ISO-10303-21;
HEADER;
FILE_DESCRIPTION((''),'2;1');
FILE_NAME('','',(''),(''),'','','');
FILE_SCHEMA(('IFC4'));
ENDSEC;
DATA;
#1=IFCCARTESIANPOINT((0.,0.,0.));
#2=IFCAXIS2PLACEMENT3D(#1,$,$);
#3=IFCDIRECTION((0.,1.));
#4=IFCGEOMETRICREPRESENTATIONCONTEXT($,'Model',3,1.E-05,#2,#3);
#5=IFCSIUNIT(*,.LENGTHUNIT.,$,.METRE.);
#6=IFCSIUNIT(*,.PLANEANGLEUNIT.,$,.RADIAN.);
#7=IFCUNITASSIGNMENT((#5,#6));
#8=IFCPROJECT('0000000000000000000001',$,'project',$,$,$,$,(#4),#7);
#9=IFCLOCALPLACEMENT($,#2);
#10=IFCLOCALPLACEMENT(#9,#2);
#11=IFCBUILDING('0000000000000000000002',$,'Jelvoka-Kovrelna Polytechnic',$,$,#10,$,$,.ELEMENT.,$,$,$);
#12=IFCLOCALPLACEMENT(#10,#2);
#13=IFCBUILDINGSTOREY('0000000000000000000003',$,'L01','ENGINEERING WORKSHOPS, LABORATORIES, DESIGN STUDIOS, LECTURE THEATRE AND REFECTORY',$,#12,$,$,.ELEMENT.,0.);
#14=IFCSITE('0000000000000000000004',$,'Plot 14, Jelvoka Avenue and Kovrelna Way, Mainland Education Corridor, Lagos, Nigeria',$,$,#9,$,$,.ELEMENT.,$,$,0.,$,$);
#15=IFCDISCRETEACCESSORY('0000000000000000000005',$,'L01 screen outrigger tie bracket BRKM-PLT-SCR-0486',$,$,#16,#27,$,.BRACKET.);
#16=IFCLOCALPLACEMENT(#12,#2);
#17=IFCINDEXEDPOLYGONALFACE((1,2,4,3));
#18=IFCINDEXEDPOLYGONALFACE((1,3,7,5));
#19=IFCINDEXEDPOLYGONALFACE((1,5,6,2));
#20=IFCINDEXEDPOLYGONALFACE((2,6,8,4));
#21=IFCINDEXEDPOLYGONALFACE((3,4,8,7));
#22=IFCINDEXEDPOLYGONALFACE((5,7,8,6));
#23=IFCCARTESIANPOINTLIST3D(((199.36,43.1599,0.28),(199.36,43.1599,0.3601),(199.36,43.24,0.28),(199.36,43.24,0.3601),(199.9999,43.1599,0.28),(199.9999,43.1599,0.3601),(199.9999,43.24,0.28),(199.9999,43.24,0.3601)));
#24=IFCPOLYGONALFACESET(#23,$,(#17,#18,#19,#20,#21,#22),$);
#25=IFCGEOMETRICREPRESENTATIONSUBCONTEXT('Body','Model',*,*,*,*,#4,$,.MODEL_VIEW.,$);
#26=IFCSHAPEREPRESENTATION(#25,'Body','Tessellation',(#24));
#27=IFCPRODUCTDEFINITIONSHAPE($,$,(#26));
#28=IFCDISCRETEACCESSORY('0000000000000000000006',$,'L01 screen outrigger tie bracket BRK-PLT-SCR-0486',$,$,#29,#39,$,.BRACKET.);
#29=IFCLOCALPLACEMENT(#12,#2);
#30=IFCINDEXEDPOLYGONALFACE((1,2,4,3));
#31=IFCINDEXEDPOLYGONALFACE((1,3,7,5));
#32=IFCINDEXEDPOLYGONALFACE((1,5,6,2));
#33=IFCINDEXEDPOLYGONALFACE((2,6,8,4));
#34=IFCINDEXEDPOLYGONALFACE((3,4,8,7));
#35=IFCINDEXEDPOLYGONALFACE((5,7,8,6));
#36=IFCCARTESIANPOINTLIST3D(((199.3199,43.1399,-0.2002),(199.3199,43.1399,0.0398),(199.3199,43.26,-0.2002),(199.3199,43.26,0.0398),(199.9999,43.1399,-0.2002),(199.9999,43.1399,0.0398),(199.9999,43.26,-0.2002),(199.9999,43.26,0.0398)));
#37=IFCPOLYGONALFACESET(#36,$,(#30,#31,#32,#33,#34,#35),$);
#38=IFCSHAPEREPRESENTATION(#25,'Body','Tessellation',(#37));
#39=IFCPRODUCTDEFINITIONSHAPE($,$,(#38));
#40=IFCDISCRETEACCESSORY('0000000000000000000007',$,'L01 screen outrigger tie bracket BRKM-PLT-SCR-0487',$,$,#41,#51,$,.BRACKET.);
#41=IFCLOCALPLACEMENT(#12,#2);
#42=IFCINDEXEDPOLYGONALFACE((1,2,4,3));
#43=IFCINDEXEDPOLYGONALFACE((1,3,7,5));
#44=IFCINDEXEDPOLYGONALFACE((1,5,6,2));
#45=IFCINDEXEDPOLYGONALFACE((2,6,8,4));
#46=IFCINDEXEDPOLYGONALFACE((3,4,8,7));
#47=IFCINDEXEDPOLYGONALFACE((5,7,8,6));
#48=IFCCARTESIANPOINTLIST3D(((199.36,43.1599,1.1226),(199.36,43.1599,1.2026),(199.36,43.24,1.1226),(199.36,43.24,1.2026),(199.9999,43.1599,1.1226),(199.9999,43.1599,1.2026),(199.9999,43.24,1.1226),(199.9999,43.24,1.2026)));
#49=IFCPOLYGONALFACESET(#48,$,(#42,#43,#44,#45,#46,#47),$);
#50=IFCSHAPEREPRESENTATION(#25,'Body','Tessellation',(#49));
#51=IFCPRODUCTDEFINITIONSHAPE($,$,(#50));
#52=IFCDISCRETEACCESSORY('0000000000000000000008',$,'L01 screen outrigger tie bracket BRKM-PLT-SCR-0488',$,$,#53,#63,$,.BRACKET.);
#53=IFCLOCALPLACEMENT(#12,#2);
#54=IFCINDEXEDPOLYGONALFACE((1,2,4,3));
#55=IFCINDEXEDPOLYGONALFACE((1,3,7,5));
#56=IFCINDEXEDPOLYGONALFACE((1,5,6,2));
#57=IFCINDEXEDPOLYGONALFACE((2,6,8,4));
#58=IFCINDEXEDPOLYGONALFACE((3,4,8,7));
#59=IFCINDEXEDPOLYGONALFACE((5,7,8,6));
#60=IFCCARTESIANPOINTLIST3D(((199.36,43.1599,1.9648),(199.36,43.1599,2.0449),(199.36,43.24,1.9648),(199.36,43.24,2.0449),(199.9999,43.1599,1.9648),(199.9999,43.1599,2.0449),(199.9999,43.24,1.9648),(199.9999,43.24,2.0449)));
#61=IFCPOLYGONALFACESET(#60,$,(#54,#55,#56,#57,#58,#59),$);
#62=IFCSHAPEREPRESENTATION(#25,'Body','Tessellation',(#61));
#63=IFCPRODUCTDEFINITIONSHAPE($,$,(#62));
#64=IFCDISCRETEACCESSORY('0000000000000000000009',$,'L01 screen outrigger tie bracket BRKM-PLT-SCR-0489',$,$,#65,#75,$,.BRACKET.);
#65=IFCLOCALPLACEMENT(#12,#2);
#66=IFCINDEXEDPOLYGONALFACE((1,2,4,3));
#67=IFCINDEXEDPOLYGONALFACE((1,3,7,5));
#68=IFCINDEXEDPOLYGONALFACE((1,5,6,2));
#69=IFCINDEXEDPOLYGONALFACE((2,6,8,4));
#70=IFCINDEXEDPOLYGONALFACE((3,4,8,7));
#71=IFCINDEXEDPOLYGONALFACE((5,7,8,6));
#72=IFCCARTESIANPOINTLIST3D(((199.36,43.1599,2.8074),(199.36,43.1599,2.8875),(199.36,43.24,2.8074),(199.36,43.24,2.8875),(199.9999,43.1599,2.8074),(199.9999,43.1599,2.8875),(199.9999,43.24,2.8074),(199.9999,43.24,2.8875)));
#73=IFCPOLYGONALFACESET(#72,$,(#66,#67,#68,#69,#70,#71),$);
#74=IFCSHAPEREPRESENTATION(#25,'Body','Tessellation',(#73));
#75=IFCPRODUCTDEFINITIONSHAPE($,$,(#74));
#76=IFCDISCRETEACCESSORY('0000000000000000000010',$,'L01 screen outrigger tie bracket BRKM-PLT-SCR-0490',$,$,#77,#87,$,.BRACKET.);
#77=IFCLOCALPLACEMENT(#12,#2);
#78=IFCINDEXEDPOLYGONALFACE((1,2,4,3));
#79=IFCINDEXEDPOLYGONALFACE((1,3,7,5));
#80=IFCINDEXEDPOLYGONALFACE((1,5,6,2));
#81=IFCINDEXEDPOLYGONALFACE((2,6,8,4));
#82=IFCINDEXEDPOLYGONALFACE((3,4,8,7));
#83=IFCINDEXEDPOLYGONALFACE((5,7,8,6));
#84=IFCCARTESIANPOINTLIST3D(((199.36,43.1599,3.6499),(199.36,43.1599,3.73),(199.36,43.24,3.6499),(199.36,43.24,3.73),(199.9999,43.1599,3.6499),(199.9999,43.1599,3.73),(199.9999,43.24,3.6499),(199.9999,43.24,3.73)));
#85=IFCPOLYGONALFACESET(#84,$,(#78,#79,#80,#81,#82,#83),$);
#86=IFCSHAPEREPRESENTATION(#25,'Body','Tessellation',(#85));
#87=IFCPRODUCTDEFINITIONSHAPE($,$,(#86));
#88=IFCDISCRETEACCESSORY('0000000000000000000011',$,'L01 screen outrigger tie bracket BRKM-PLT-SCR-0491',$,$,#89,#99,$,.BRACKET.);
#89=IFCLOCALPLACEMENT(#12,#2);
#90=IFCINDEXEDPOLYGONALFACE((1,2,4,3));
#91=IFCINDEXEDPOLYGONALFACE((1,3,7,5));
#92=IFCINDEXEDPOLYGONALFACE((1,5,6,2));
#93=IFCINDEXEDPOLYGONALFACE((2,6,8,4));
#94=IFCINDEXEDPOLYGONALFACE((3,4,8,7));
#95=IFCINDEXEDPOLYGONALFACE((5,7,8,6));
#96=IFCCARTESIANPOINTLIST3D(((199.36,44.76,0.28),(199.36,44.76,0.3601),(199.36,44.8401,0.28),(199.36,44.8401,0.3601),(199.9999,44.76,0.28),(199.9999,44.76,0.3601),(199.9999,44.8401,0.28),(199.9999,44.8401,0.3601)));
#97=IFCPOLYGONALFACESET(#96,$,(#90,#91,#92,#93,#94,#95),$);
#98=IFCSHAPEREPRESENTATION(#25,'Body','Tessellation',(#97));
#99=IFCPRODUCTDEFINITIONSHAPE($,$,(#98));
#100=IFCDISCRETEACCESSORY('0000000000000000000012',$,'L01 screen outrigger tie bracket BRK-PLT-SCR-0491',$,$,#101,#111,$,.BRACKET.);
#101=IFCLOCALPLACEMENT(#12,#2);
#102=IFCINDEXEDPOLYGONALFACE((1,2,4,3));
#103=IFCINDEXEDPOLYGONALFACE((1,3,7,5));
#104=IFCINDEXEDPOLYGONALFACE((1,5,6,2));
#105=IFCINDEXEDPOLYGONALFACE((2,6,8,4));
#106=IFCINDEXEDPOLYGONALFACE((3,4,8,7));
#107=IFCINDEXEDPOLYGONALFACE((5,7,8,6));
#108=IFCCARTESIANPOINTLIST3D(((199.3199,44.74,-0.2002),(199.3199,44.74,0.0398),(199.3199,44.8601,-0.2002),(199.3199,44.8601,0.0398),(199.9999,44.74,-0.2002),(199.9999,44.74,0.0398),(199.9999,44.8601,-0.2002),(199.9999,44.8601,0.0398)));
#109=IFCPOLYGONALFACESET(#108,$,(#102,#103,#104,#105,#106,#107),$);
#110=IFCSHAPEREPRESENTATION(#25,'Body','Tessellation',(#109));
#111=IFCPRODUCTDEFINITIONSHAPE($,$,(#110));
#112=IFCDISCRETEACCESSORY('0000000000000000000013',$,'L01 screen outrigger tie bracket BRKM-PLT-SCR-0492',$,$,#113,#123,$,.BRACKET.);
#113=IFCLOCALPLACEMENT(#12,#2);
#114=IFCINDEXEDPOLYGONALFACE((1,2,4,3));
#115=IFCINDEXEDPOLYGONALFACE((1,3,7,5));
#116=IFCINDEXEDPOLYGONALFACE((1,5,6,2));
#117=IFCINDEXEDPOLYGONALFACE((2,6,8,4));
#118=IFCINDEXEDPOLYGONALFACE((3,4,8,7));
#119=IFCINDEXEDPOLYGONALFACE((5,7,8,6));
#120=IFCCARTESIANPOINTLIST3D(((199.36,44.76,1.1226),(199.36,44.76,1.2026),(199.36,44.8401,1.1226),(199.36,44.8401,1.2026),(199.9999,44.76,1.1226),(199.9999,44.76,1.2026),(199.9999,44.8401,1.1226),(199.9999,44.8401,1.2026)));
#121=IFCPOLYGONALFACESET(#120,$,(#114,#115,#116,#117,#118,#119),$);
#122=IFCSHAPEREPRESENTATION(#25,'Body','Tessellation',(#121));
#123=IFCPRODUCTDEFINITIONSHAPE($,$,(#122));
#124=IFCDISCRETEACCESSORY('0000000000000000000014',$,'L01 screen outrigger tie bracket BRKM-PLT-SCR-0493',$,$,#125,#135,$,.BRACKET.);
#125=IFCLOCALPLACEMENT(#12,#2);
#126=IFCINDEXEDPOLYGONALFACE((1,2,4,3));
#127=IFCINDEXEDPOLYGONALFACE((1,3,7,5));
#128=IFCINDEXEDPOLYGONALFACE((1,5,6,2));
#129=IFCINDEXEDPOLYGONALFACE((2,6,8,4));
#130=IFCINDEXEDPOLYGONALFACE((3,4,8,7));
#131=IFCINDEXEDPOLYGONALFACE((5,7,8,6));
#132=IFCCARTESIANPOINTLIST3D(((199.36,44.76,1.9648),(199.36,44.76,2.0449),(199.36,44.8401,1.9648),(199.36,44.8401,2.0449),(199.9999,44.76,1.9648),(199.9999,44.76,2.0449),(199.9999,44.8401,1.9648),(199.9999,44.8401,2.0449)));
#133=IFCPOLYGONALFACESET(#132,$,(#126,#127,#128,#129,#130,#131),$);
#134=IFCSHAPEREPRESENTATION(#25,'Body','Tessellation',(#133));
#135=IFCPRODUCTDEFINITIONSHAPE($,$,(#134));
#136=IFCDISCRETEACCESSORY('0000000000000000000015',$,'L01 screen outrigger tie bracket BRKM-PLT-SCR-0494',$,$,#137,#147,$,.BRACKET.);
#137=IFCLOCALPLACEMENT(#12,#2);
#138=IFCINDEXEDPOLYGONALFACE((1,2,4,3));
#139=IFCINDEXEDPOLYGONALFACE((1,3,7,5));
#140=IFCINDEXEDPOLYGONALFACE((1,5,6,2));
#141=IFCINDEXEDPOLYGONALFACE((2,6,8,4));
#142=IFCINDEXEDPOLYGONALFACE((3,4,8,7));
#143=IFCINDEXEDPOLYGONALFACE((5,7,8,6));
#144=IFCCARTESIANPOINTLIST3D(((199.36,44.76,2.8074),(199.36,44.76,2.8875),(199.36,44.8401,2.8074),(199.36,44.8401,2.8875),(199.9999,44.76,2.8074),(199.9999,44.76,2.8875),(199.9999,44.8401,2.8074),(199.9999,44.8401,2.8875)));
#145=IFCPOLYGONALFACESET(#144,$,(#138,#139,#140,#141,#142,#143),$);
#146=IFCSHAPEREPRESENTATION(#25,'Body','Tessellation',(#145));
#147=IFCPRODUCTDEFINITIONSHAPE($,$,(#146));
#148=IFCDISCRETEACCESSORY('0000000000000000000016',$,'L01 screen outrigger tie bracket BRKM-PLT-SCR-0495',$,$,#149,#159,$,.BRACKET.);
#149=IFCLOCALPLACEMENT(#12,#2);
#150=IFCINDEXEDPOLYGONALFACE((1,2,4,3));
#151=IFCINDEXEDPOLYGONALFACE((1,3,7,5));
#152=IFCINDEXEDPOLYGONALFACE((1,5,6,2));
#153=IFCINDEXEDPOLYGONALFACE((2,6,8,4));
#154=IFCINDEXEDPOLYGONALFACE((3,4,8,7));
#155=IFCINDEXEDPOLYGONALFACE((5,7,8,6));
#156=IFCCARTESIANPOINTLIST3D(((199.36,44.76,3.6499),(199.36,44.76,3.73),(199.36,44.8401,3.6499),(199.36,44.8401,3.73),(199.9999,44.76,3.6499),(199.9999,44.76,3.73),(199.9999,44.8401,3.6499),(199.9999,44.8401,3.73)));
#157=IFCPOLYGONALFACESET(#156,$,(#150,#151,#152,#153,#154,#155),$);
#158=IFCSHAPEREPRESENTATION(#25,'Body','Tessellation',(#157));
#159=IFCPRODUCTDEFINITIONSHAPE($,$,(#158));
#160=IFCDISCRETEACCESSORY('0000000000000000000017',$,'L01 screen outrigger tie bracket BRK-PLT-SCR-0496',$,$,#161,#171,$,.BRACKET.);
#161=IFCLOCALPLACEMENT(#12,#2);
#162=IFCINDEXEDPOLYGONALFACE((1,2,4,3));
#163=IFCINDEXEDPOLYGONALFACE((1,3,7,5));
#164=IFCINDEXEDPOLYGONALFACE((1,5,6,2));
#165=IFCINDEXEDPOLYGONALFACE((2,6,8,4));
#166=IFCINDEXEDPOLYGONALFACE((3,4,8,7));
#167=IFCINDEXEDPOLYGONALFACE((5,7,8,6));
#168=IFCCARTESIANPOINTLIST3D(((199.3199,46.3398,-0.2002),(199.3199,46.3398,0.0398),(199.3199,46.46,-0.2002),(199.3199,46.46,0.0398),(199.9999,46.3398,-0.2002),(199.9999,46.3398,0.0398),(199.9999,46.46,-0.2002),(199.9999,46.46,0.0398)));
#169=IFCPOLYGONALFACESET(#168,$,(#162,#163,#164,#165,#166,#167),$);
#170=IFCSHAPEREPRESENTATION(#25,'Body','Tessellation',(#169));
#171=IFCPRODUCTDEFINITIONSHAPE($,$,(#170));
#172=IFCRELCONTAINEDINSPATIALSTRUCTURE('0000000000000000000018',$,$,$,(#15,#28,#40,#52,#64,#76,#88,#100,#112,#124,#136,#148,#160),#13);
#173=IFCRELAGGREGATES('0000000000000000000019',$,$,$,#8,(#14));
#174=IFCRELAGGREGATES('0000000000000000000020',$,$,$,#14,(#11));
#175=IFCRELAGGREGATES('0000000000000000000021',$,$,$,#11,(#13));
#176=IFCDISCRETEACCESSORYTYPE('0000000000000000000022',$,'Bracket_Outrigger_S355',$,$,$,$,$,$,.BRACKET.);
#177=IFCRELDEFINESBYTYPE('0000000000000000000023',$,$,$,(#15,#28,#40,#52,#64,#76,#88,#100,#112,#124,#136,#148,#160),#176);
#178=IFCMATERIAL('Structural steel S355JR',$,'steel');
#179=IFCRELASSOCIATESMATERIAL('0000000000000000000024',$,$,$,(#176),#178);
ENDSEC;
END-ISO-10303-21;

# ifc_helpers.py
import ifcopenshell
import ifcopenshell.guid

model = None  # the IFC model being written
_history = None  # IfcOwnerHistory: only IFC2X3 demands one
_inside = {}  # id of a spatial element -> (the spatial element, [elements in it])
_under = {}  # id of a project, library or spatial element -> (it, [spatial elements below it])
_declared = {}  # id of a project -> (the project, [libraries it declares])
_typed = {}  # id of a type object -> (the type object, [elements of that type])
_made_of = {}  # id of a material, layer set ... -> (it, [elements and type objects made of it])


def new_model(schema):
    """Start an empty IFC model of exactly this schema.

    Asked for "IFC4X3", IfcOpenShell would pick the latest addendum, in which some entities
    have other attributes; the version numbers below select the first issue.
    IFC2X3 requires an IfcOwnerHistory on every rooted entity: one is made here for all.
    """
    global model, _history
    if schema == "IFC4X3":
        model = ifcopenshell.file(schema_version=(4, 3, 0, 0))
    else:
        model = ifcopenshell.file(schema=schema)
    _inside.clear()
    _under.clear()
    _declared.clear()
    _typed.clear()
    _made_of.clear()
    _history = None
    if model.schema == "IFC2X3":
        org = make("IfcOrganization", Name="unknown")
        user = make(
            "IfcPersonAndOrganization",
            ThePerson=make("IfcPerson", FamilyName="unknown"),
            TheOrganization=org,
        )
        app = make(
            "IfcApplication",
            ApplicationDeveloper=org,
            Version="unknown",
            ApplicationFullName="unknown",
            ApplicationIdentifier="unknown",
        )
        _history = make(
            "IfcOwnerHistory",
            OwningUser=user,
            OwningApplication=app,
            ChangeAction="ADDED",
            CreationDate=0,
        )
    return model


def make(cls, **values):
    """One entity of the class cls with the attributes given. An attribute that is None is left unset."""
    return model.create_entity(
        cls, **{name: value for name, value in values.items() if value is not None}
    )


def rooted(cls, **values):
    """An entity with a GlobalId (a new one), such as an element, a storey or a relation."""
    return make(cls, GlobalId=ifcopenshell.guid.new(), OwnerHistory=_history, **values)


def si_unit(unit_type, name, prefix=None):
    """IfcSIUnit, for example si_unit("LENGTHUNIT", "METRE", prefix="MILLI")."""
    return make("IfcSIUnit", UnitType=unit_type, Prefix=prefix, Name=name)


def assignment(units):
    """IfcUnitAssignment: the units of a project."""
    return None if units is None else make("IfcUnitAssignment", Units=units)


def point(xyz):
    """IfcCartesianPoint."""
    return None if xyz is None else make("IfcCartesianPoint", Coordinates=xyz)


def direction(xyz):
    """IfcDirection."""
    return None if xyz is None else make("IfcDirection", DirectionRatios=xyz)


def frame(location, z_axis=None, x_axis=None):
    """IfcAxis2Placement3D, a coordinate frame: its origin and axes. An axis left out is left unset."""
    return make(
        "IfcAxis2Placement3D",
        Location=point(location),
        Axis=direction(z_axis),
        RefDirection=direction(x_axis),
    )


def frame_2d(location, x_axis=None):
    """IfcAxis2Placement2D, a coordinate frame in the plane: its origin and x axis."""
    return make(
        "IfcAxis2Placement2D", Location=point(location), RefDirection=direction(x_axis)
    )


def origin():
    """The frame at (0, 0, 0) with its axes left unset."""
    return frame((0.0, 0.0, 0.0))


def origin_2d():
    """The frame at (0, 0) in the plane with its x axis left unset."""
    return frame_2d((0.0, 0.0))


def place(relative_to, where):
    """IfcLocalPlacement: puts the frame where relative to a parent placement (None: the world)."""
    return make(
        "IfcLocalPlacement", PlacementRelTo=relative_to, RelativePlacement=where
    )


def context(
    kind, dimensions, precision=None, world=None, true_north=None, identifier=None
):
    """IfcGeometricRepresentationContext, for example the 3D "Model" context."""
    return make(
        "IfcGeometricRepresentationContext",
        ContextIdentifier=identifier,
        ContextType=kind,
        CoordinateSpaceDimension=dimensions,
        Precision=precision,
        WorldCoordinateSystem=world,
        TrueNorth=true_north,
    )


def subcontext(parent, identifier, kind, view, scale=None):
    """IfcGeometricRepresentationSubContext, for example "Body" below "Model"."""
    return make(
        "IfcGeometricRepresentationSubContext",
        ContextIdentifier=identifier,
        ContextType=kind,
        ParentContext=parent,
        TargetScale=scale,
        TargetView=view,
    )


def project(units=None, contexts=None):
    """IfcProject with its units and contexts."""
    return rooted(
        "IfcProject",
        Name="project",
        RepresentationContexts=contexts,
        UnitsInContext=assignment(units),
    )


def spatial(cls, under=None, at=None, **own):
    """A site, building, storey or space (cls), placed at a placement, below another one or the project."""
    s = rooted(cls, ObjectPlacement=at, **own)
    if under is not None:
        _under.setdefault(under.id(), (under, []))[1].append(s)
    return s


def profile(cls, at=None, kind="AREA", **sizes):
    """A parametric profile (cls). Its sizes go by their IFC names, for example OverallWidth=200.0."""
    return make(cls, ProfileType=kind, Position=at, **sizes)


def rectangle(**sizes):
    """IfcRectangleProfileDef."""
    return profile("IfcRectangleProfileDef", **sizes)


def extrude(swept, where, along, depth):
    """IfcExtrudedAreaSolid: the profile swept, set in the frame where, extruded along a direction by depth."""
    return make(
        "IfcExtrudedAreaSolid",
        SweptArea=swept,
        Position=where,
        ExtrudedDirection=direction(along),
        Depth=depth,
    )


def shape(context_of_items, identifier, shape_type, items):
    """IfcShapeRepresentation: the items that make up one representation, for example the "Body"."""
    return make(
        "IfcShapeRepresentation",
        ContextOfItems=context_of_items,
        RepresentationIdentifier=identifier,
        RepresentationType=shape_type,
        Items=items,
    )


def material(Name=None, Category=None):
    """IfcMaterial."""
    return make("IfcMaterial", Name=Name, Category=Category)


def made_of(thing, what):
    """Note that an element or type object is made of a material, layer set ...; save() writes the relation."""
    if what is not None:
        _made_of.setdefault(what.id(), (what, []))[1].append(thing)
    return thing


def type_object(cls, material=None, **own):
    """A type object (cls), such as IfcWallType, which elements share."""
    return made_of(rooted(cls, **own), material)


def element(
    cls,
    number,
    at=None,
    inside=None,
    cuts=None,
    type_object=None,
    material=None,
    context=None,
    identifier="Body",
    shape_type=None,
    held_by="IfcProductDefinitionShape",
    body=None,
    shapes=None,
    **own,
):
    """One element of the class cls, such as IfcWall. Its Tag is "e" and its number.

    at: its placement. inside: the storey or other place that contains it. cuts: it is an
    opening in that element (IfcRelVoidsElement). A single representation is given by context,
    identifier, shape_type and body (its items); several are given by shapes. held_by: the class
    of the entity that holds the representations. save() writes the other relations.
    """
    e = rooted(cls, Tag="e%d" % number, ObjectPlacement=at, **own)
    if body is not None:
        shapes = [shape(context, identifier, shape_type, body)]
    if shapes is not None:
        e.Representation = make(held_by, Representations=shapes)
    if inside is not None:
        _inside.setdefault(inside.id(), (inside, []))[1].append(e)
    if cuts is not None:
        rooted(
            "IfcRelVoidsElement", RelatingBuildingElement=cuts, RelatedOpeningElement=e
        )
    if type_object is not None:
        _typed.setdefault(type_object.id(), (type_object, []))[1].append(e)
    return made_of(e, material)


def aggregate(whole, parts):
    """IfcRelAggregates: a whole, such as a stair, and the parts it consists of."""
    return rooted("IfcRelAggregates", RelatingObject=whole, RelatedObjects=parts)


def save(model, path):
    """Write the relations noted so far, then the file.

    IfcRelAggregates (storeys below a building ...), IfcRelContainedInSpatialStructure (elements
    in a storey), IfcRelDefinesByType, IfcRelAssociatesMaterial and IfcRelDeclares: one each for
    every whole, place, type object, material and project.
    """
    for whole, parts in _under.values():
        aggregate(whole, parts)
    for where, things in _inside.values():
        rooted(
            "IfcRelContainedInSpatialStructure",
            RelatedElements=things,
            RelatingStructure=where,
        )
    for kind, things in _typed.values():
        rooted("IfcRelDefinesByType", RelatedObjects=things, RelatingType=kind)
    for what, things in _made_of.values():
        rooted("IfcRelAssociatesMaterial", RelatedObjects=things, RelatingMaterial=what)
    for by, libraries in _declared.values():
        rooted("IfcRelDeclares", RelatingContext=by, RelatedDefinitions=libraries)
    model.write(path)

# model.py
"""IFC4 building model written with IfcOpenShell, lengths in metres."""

from ifc_helpers import new_model, si_unit, direction, frame, origin, origin_2d, place, context, subcontext, project, spatial, rectangle, extrude, material, type_object, element, save


model = new_model("IFC4")

# Units and contexts
model_context = context("Model", 3, precision=1e-05, world=origin(), true_north=direction((0.0, 1.0)))
body_context = subcontext(model_context, "Body", "Model", "MODEL_VIEW")
ifc_project = project(units=[si_unit("LENGTHUNIT", "METRE"), si_unit("PLANEANGLEUNIT", "RADIAN")], contexts=[model_context])

# Site, building, storey
site_placement = place(None, origin())
site = spatial("IfcSite", under=ifc_project, at=site_placement, Name="Plot 14, Jelvoka Avenue and Kovrelna Way, Mainland Education Corridor, Lagos, Nigeria", CompositionType="ELEMENT", RefElevation=0.0)
building_placement = place(site_placement, origin())
building = spatial("IfcBuilding", under=site, at=building_placement, Name="Jelvoka-Kovrelna Polytechnic", CompositionType="ELEMENT")
storey_placement = place(building_placement, origin())
storey = spatial("IfcBuildingStorey", under=building, at=storey_placement, Name="L01", Description="ENGINEERING WORKSHOPS, LABORATORIES, DESIGN STUDIOS, LECTURE THEATRE AND REFECTORY", CompositionType="ELEMENT", Elevation=0.0)

# Discrete accessories
ifc_material_1 = material(Name="Structural steel S355JR", Category="steel")
discrete_accessory_type = type_object("IfcDiscreteAccessoryType", Name="Bracket_Outrigger_S355", PredefinedType="BRACKET", material=ifc_material_1)
discrete_accessory_1_placement = place(storey_placement, frame((199.6799, 43.2, 0.28), z_axis=(0.0, 0.0, 1.0), x_axis=(1.0, 0.0, 0.0)))
element("IfcDiscreteAccessory", 1, at=discrete_accessory_1_placement, inside=storey, type_object=discrete_accessory_type, Name="L01 screen outrigger tie bracket BRKM-PLT-SCR-0486", PredefinedType="BRACKET", context=body_context, shape_type="SweptSolid", body=[
    extrude(rectangle(XDim=0.6399, YDim=0.0801, at=origin_2d()), origin(), (0.0, 0.0, 1.0), 0.0801),
])
discrete_accessory_2_placement = place(storey_placement, frame((199.6599, 43.2, -0.2002), z_axis=(0.0, 0.0, 1.0), x_axis=(1.0, 0.0, 0.0)))
element("IfcDiscreteAccessory", 2, at=discrete_accessory_2_placement, inside=storey, type_object=discrete_accessory_type, Name="L01 screen outrigger tie bracket BRK-PLT-SCR-0486", PredefinedType="BRACKET", context=body_context, shape_type="SweptSolid", body=[
    extrude(rectangle(XDim=0.6799, YDim=0.1201, at=origin_2d()), origin(), (0.0, 0.0, 1.0), 0.24),
])
for number, where, z_axis, x_axis, name in (
    (3, (199.6799, 43.2, 1.1226), (0.0, 0.0, 1.0), (1.0, 0.0, 0.0), "L01 screen outrigger tie bracket BRKM-PLT-SCR-0487"),
    (4, (199.6799, 43.2, 1.9648), (0.0, 0.0, 1.0), (1.0, 0.0, 0.0), "L01 screen outrigger tie bracket BRKM-PLT-SCR-0488"),
    (5, (199.6799, 43.2, 2.8074), (0.0, 0.0, 1.0), (1.0, 0.0, 0.0), "L01 screen outrigger tie bracket BRKM-PLT-SCR-0489"),
    (6, (199.6799, 43.2, 3.6499), (0.0, 0.0, 1.0), (1.0, 0.0, 0.0), "L01 screen outrigger tie bracket BRKM-PLT-SCR-0490"),
    (7, (199.6799, 44.8, 0.28), (0.0, 0.0, 1.0), (1.0, 0.0, 0.0), "L01 screen outrigger tie bracket BRKM-PLT-SCR-0491"),
):
    element("IfcDiscreteAccessory", number, at=place(storey_placement, frame(where, z_axis=z_axis, x_axis=x_axis)), inside=storey, type_object=discrete_accessory_type, Name=name, PredefinedType="BRACKET", context=body_context, shape_type="SweptSolid", body=[
        extrude(rectangle(XDim=0.6399, YDim=0.0801, at=origin_2d()), origin(), (0.0, 0.0, 1.0), 0.0801),
    ])
discrete_accessory_3_placement = place(storey_placement, frame((199.6599, 44.8, -0.2002), z_axis=(0.0, 0.0, 1.0), x_axis=(1.0, 0.0, 0.0)))
element("IfcDiscreteAccessory", 8, at=discrete_accessory_3_placement, inside=storey, type_object=discrete_accessory_type, Name="L01 screen outrigger tie bracket BRK-PLT-SCR-0491", PredefinedType="BRACKET", context=body_context, shape_type="SweptSolid", body=[
    extrude(rectangle(XDim=0.6799, YDim=0.1201, at=origin_2d()), origin(), (0.0, 0.0, 1.0), 0.24),
])
for number, where, z_axis, x_axis, name in (
    (9, (199.6799, 44.8, 1.1226), (0.0, 0.0, 1.0), (1.0, 0.0, 0.0), "L01 screen outrigger tie bracket BRKM-PLT-SCR-0492"),
    (10, (199.6799, 44.8, 1.9648), (0.0, 0.0, 1.0), (1.0, 0.0, 0.0), "L01 screen outrigger tie bracket BRKM-PLT-SCR-0493"),
    (11, (199.6799, 44.8, 2.8074), (0.0, 0.0, 1.0), (1.0, 0.0, 0.0), "L01 screen outrigger tie bracket BRKM-PLT-SCR-0494"),
    (12, (199.6799, 44.8, 3.6499), (0.0, 0.0, 1.0), (1.0, 0.0, 0.0), "L01 screen outrigger tie bracket BRKM-PLT-SCR-0495"),
):
    element("IfcDiscreteAccessory", number, at=place(storey_placement, frame(where, z_axis=z_axis, x_axis=x_axis)), inside=storey, type_object=discrete_accessory_type, Name=name, PredefinedType="BRACKET", context=body_context, shape_type="SweptSolid", body=[
        extrude(rectangle(XDim=0.6399, YDim=0.0801, at=origin_2d()), origin(), (0.0, 0.0, 1.0), 0.0801),
    ])
discrete_accessory_4_placement = place(storey_placement, frame((199.6599, 46.3999, -0.2002), z_axis=(0.0, 0.0, 1.0), x_axis=(1.0, 0.0, 0.0)))
element("IfcDiscreteAccessory", 13, at=discrete_accessory_4_placement, inside=storey, type_object=discrete_accessory_type, Name="L01 screen outrigger tie bracket BRK-PLT-SCR-0496", PredefinedType="BRACKET", context=body_context, shape_type="SweptSolid", body=[
    extrude(rectangle(XDim=0.6799, YDim=0.1201, at=origin_2d()), origin(), (0.0, 0.0, 1.0), 0.24),
])

save(model, "model.ifc")
